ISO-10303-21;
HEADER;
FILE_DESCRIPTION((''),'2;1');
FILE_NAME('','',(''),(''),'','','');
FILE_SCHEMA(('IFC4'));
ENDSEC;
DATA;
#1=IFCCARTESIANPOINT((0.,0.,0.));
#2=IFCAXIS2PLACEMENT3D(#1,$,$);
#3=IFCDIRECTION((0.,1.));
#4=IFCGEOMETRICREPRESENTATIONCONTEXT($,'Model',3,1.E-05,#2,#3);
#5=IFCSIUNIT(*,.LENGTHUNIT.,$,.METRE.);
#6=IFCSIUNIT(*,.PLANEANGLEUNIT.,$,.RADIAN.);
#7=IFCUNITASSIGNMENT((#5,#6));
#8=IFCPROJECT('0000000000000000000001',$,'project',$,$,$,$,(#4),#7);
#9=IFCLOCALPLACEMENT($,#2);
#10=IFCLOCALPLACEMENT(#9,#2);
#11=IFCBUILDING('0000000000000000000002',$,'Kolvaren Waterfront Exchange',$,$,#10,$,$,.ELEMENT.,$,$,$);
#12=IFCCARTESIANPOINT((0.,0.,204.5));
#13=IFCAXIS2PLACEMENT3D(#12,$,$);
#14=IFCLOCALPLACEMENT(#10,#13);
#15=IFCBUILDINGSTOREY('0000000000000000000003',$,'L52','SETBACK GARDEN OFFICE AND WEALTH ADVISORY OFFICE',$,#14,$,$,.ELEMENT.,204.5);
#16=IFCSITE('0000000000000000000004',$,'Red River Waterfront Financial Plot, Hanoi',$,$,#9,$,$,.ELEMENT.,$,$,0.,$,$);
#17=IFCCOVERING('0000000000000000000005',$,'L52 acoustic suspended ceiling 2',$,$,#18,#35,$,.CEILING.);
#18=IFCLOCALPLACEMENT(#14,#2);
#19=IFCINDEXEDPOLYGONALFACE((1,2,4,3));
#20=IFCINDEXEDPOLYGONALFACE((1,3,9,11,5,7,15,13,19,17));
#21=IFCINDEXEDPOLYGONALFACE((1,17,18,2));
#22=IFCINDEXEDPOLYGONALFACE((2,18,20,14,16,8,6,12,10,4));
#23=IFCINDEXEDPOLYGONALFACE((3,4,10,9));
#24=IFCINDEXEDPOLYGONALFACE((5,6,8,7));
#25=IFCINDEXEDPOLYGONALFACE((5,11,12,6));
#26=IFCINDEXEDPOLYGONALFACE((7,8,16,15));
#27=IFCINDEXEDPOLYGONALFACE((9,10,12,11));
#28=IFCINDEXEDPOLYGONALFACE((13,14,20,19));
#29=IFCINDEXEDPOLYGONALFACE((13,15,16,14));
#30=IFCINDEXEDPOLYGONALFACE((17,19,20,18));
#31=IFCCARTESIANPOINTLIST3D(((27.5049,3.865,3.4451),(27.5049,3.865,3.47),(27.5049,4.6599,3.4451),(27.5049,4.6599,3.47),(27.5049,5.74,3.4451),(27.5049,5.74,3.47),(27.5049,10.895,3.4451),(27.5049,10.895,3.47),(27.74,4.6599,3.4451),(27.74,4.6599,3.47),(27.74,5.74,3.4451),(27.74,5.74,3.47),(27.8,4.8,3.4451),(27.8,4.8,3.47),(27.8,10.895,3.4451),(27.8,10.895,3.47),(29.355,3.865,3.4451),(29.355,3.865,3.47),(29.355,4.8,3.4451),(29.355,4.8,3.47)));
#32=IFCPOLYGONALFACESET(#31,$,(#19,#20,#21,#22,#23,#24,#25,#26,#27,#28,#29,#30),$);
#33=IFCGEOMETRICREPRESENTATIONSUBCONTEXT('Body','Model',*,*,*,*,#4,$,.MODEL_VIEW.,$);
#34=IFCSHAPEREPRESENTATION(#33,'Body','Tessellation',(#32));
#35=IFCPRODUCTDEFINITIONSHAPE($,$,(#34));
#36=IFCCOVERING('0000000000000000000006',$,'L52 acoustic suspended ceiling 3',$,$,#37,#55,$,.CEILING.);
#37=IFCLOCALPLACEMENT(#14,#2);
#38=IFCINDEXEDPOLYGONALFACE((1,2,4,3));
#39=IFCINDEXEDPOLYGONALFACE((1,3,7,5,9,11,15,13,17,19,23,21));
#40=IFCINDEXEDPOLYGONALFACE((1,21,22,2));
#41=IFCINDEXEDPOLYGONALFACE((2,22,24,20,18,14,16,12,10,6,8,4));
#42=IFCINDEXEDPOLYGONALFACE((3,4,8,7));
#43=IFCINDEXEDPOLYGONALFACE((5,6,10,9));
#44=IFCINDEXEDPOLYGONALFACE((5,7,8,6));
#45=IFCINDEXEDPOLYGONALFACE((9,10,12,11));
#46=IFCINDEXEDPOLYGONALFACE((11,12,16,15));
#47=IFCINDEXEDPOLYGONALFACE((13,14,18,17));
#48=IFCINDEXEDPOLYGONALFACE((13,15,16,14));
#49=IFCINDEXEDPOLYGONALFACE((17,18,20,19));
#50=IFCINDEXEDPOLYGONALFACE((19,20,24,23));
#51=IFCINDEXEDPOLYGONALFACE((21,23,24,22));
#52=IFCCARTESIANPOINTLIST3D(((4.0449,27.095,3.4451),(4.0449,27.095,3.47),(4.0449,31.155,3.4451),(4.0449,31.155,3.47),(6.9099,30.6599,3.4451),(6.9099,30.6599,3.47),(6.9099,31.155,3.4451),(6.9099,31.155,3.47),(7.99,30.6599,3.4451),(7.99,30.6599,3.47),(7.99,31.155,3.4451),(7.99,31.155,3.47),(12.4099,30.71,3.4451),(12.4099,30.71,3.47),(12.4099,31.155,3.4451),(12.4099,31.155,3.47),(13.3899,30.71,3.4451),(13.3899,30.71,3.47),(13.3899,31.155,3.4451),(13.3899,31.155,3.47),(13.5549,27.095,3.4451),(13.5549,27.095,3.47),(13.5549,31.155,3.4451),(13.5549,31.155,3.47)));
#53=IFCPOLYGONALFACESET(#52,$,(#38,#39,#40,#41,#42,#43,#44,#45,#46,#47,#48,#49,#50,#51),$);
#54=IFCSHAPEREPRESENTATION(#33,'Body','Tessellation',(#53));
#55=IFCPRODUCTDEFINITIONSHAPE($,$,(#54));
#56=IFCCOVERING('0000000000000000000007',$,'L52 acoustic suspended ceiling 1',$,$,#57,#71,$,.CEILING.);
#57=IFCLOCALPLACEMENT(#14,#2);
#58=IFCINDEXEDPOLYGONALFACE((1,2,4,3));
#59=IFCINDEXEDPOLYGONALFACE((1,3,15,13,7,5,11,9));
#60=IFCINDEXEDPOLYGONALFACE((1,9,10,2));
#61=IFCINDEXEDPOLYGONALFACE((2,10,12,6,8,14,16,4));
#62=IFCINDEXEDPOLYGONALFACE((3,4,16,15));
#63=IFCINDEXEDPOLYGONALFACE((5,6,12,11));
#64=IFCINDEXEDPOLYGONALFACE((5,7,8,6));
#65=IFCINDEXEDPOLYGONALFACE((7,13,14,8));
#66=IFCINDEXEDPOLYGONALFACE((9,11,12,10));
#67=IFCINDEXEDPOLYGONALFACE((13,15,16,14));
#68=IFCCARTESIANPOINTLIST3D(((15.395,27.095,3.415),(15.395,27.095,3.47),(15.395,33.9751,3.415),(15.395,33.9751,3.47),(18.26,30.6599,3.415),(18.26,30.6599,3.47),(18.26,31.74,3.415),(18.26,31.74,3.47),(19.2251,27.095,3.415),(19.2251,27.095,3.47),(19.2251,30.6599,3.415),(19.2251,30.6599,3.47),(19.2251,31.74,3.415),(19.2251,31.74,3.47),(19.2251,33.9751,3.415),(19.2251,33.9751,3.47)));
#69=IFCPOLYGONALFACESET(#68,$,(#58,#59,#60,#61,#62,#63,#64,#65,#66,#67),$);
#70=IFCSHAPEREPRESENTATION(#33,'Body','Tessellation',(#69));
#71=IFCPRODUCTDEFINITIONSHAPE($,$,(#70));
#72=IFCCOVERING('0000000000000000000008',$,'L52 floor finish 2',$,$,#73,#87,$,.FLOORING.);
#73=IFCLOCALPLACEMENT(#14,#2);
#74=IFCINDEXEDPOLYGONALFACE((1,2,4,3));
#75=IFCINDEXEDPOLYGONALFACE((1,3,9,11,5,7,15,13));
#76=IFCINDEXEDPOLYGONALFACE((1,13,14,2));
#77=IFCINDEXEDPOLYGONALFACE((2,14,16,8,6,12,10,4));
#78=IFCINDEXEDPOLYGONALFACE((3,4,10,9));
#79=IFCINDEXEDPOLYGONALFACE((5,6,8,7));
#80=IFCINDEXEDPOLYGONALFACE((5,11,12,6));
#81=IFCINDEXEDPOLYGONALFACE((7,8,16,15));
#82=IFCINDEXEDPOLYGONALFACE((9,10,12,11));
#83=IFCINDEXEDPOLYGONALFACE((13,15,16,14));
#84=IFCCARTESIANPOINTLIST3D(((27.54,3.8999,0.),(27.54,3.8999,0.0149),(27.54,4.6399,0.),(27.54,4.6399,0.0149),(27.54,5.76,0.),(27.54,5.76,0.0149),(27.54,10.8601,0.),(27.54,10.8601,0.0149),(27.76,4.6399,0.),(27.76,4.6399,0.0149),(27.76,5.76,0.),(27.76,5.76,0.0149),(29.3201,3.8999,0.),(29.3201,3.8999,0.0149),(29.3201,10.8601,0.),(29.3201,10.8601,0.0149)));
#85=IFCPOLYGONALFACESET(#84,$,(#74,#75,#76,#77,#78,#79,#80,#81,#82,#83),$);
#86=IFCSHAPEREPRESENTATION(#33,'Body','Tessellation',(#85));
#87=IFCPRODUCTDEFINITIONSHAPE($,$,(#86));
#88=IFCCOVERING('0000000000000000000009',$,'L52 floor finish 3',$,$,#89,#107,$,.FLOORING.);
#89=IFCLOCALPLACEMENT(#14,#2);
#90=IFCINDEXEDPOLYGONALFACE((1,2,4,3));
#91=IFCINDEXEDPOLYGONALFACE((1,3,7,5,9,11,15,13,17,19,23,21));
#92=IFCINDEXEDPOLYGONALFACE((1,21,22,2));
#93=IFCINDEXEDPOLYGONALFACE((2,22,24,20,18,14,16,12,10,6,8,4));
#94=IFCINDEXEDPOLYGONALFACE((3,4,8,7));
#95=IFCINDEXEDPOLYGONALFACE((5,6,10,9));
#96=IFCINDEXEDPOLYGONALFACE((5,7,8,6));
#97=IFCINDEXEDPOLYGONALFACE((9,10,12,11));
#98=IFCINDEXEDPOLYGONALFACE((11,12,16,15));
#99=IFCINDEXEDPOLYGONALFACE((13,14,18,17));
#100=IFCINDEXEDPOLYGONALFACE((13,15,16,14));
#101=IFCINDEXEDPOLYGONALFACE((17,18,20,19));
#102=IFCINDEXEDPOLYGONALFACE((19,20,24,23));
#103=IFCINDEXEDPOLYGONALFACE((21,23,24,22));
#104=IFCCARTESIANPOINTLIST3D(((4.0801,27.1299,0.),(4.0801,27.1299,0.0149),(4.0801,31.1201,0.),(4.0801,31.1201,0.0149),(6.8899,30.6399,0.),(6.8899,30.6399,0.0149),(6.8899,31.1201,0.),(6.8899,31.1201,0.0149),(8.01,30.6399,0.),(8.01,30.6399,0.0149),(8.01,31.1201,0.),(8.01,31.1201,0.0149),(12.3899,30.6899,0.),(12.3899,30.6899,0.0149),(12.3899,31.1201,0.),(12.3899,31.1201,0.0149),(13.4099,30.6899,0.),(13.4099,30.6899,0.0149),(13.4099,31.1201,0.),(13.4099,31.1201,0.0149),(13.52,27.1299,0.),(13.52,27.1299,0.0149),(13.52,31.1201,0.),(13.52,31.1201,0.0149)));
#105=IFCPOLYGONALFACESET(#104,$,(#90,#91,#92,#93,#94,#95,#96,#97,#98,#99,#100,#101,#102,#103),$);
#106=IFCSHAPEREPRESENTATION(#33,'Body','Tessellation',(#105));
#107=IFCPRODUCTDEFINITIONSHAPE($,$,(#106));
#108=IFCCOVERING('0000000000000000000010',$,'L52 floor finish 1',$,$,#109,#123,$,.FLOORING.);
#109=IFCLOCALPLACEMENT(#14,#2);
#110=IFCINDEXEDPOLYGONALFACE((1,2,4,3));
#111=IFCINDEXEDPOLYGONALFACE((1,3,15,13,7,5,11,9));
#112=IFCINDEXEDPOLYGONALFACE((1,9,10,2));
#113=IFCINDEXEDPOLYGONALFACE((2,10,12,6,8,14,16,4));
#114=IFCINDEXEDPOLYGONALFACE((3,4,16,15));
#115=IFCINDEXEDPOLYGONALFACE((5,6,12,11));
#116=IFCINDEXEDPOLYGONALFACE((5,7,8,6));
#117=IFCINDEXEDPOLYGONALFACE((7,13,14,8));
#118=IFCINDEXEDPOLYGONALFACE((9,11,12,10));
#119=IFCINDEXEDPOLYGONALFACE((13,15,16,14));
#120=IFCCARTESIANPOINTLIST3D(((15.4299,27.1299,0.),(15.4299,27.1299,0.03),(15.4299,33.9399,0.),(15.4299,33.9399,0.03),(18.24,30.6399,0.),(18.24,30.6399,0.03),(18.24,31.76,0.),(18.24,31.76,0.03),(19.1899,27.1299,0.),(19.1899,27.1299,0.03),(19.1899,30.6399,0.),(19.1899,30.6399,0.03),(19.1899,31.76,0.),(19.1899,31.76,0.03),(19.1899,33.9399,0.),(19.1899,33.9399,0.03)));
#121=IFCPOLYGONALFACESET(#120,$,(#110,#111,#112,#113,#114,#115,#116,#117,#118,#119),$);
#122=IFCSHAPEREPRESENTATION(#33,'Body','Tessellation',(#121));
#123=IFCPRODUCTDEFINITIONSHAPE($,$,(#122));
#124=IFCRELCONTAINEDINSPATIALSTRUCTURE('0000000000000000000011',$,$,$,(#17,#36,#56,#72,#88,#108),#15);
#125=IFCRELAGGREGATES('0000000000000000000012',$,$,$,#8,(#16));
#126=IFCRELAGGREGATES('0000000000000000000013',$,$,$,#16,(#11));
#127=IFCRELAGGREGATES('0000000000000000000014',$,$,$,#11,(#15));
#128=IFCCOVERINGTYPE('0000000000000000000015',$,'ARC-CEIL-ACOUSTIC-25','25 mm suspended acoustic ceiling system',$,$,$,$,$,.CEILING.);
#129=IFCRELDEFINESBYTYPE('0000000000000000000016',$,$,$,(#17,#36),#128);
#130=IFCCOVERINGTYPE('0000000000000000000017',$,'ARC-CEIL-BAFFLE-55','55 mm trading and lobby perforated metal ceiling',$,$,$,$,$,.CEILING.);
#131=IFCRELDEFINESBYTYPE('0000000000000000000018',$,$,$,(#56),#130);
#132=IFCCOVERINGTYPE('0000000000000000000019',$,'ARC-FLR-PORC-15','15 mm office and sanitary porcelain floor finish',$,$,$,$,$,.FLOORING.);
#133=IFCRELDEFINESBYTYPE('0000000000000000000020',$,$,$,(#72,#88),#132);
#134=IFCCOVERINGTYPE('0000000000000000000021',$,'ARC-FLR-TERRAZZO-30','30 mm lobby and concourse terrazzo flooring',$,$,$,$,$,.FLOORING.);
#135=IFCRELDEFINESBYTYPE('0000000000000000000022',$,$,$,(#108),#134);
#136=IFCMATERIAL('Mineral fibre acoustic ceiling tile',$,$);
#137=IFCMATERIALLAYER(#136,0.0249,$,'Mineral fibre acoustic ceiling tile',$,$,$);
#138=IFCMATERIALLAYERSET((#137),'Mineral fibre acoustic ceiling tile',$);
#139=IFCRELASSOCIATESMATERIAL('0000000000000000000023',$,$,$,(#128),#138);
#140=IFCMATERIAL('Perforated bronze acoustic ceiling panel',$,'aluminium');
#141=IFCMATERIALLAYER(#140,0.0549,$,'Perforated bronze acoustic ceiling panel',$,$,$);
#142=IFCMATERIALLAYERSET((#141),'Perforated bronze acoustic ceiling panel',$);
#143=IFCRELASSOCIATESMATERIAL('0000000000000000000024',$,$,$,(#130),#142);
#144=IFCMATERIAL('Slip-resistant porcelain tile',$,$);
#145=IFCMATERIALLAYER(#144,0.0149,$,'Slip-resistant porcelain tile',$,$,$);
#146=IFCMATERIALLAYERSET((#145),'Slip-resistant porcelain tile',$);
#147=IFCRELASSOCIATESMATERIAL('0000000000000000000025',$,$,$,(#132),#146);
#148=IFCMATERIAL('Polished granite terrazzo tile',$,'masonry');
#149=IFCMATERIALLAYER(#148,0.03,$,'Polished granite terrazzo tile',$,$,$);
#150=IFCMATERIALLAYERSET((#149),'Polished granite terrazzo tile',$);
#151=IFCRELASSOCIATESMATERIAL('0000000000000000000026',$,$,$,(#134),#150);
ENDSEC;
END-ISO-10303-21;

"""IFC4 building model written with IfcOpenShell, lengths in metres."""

from ifc_helpers import new_model, si_unit, direction, frame, origin, place, context, subcontext, project, spatial, polyline, outline, extrude, material, layer, layer_set, type_object, element, save


model = new_model("IFC4")

# Units and contexts
model_context = context("Model", 3, precision=1e-05, world=origin(), true_north=direction((0.0, 1.0)))
body_context = subcontext(model_context, "Body", "Model", "MODEL_VIEW")
ifc_project = project(units=[si_unit("LENGTHUNIT", "METRE"), si_unit("PLANEANGLEUNIT", "RADIAN")], contexts=[model_context])

# Site, building, storey
site_placement = place(None, origin())
site = spatial("IfcSite", under=ifc_project, at=site_placement, Name="Red River Waterfront Financial Plot, Hanoi", CompositionType="ELEMENT", RefElevation=0.0)
building_placement = place(site_placement, origin())
building = spatial("IfcBuilding", under=site, at=building_placement, Name="Kolvaren Waterfront Exchange", CompositionType="ELEMENT")
storey_placement = place(building_placement, frame((0.0, 0.0, 204.5)))
storey = spatial("IfcBuildingStorey", under=building, at=storey_placement, Name="L52", Description="SETBACK GARDEN OFFICE AND WEALTH ADVISORY OFFICE", CompositionType="ELEMENT", Elevation=204.5)

# Coverings
ifc_material_1 = material(Name="Mineral fibre acoustic ceiling tile")
ifc_layer_1 = layer(ifc_material_1, 0.0249, Name="Mineral fibre acoustic ceiling tile")
ifc_layer_set_1 = layer_set([ifc_layer_1], Name="Mineral fibre acoustic ceiling tile")
covering_type_1 = type_object("IfcCoveringType", Name="ARC-CEIL-ACOUSTIC-25", Description="25 mm suspended acoustic ceiling system", PredefinedType="CEILING", material=ifc_layer_set_1)
covering_1_placement = place(storey_placement, frame((0.0, 0.0, 3.4451)))
element("IfcCovering", 1, at=covering_1_placement, inside=storey, type_object=covering_type_1, Name="L52 acoustic suspended ceiling 2", PredefinedType="CEILING", context=body_context, shape_type="SweptSolid", body=[
    extrude(outline(polyline([(27.5049, 5.74), (27.74, 5.74), (27.74, 4.6599), (27.5049, 4.6599), (27.5049, 3.865), (29.355, 3.865), (29.355, 4.8), (27.8, 4.8), (27.8, 10.895), (27.5049, 10.895), (27.5049, 5.74)])), origin(), (0.0, 0.0, 1.0), 0.0249),
])
covering_2_placement = place(storey_placement, frame((0.0, 0.0, 3.4451)))
element("IfcCovering", 2, at=covering_2_placement, inside=storey, type_object=covering_type_1, Name="L52 acoustic suspended ceiling 3", PredefinedType="CEILING", context=body_context, shape_type="SweptSolid", body=[
    extrude(outline(polyline([(7.99, 31.155), (7.99, 30.6599), (6.9099, 30.6599), (6.9099, 31.155), (4.0449, 31.155), (4.0449, 27.095), (13.5549, 27.095), (13.5549, 31.155), (13.3899, 31.155), (13.3899, 30.71), (12.4099, 30.71), (12.4099, 31.155), (7.99, 31.155)])), origin(), (0.0, 0.0, 1.0), 0.0249),
])
ifc_material_2 = material(Name="Perforated bronze acoustic ceiling panel", Category="aluminium")
ifc_layer_2 = layer(ifc_material_2, 0.0549, Name="Perforated bronze acoustic ceiling panel")
ifc_layer_set_2 = layer_set([ifc_layer_2], Name="Perforated bronze acoustic ceiling panel")
covering_type_2 = type_object("IfcCoveringType", Name="ARC-CEIL-BAFFLE-55", Description="55 mm trading and lobby perforated metal ceiling", PredefinedType="CEILING", material=ifc_layer_set_2)
covering_3_placement = place(storey_placement, frame((0.0, 0.0, 3.415)))
element("IfcCovering", 3, at=covering_3_placement, inside=storey, type_object=covering_type_2, Name="L52 acoustic suspended ceiling 1", PredefinedType="CEILING", context=body_context, shape_type="SweptSolid", body=[
    extrude(outline(polyline([(19.2251, 30.6599), (18.26, 30.6599), (18.26, 31.74), (19.2251, 31.74), (19.2251, 33.9751), (15.395, 33.9751), (15.395, 27.095), (19.2251, 27.095), (19.2251, 30.6599)])), origin(), (0.0, 0.0, 1.0), 0.0549),
])
ifc_material_3 = material(Name="Slip-resistant porcelain tile")
ifc_layer_3 = layer(ifc_material_3, 0.0149, Name="Slip-resistant porcelain tile")
ifc_layer_set_3 = layer_set([ifc_layer_3], Name="Slip-resistant porcelain tile")
covering_type_3 = type_object("IfcCoveringType", Name="ARC-FLR-PORC-15", Description="15 mm office and sanitary porcelain floor finish", PredefinedType="FLOORING", material=ifc_layer_set_3)
covering_4_placement = place(storey_placement, origin())
element("IfcCovering", 4, at=covering_4_placement, inside=storey, type_object=covering_type_3, Name="L52 floor finish 2", PredefinedType="FLOORING", context=body_context, shape_type="SweptSolid", body=[
    extrude(outline(polyline([(27.54, 4.6399), (27.54, 3.8999), (29.3201, 3.8999), (29.3201, 10.8601), (27.54, 10.8601), (27.54, 5.76), (27.76, 5.76), (27.76, 4.6399), (27.54, 4.6399)])), origin(), (0.0, 0.0, 1.0), 0.0149),
])
covering_5_placement = place(storey_placement, origin())
element("IfcCovering", 5, at=covering_5_placement, inside=storey, type_object=covering_type_3, Name="L52 floor finish 3", PredefinedType="FLOORING", context=body_context, shape_type="SweptSolid", body=[
    extrude(outline(polyline([(4.0801, 31.1201), (4.0801, 27.1299), (13.52, 27.1299), (13.52, 31.1201), (13.4099, 31.1201), (13.4099, 30.6899), (12.3899, 30.6899), (12.3899, 31.1201), (8.01, 31.1201), (8.01, 30.6399), (6.8899, 30.6399), (6.8899, 31.1201), (4.0801, 31.1201)])), origin(), (0.0, 0.0, 1.0), 0.0149),
])
ifc_material_4 = material(Name="Polished granite terrazzo tile", Category="masonry")
ifc_layer_4 = layer(ifc_material_4, 0.03, Name="Polished granite terrazzo tile")
ifc_layer_set_4 = layer_set([ifc_layer_4], Name="Polished granite terrazzo tile")
covering_type_4 = type_object("IfcCoveringType", Name="ARC-FLR-TERRAZZO-30", Description="30 mm lobby and concourse terrazzo flooring", PredefinedType="FLOORING", material=ifc_layer_set_4)
covering_6_placement = place(storey_placement, origin())
element("IfcCovering", 6, at=covering_6_placement, inside=storey, type_object=covering_type_4, Name="L52 floor finish 1", PredefinedType="FLOORING", context=body_context, shape_type="SweptSolid", body=[
    extrude(outline(polyline([(15.4299, 33.9399), (15.4299, 27.1299), (19.1899, 27.1299), (19.1899, 30.6399), (18.24, 30.6399), (18.24, 31.76), (19.1899, 31.76), (19.1899, 33.9399), (15.4299, 33.9399)])), origin(), (0.0, 0.0, 1.0), 0.03),
])

save(model, "model.ifc")
